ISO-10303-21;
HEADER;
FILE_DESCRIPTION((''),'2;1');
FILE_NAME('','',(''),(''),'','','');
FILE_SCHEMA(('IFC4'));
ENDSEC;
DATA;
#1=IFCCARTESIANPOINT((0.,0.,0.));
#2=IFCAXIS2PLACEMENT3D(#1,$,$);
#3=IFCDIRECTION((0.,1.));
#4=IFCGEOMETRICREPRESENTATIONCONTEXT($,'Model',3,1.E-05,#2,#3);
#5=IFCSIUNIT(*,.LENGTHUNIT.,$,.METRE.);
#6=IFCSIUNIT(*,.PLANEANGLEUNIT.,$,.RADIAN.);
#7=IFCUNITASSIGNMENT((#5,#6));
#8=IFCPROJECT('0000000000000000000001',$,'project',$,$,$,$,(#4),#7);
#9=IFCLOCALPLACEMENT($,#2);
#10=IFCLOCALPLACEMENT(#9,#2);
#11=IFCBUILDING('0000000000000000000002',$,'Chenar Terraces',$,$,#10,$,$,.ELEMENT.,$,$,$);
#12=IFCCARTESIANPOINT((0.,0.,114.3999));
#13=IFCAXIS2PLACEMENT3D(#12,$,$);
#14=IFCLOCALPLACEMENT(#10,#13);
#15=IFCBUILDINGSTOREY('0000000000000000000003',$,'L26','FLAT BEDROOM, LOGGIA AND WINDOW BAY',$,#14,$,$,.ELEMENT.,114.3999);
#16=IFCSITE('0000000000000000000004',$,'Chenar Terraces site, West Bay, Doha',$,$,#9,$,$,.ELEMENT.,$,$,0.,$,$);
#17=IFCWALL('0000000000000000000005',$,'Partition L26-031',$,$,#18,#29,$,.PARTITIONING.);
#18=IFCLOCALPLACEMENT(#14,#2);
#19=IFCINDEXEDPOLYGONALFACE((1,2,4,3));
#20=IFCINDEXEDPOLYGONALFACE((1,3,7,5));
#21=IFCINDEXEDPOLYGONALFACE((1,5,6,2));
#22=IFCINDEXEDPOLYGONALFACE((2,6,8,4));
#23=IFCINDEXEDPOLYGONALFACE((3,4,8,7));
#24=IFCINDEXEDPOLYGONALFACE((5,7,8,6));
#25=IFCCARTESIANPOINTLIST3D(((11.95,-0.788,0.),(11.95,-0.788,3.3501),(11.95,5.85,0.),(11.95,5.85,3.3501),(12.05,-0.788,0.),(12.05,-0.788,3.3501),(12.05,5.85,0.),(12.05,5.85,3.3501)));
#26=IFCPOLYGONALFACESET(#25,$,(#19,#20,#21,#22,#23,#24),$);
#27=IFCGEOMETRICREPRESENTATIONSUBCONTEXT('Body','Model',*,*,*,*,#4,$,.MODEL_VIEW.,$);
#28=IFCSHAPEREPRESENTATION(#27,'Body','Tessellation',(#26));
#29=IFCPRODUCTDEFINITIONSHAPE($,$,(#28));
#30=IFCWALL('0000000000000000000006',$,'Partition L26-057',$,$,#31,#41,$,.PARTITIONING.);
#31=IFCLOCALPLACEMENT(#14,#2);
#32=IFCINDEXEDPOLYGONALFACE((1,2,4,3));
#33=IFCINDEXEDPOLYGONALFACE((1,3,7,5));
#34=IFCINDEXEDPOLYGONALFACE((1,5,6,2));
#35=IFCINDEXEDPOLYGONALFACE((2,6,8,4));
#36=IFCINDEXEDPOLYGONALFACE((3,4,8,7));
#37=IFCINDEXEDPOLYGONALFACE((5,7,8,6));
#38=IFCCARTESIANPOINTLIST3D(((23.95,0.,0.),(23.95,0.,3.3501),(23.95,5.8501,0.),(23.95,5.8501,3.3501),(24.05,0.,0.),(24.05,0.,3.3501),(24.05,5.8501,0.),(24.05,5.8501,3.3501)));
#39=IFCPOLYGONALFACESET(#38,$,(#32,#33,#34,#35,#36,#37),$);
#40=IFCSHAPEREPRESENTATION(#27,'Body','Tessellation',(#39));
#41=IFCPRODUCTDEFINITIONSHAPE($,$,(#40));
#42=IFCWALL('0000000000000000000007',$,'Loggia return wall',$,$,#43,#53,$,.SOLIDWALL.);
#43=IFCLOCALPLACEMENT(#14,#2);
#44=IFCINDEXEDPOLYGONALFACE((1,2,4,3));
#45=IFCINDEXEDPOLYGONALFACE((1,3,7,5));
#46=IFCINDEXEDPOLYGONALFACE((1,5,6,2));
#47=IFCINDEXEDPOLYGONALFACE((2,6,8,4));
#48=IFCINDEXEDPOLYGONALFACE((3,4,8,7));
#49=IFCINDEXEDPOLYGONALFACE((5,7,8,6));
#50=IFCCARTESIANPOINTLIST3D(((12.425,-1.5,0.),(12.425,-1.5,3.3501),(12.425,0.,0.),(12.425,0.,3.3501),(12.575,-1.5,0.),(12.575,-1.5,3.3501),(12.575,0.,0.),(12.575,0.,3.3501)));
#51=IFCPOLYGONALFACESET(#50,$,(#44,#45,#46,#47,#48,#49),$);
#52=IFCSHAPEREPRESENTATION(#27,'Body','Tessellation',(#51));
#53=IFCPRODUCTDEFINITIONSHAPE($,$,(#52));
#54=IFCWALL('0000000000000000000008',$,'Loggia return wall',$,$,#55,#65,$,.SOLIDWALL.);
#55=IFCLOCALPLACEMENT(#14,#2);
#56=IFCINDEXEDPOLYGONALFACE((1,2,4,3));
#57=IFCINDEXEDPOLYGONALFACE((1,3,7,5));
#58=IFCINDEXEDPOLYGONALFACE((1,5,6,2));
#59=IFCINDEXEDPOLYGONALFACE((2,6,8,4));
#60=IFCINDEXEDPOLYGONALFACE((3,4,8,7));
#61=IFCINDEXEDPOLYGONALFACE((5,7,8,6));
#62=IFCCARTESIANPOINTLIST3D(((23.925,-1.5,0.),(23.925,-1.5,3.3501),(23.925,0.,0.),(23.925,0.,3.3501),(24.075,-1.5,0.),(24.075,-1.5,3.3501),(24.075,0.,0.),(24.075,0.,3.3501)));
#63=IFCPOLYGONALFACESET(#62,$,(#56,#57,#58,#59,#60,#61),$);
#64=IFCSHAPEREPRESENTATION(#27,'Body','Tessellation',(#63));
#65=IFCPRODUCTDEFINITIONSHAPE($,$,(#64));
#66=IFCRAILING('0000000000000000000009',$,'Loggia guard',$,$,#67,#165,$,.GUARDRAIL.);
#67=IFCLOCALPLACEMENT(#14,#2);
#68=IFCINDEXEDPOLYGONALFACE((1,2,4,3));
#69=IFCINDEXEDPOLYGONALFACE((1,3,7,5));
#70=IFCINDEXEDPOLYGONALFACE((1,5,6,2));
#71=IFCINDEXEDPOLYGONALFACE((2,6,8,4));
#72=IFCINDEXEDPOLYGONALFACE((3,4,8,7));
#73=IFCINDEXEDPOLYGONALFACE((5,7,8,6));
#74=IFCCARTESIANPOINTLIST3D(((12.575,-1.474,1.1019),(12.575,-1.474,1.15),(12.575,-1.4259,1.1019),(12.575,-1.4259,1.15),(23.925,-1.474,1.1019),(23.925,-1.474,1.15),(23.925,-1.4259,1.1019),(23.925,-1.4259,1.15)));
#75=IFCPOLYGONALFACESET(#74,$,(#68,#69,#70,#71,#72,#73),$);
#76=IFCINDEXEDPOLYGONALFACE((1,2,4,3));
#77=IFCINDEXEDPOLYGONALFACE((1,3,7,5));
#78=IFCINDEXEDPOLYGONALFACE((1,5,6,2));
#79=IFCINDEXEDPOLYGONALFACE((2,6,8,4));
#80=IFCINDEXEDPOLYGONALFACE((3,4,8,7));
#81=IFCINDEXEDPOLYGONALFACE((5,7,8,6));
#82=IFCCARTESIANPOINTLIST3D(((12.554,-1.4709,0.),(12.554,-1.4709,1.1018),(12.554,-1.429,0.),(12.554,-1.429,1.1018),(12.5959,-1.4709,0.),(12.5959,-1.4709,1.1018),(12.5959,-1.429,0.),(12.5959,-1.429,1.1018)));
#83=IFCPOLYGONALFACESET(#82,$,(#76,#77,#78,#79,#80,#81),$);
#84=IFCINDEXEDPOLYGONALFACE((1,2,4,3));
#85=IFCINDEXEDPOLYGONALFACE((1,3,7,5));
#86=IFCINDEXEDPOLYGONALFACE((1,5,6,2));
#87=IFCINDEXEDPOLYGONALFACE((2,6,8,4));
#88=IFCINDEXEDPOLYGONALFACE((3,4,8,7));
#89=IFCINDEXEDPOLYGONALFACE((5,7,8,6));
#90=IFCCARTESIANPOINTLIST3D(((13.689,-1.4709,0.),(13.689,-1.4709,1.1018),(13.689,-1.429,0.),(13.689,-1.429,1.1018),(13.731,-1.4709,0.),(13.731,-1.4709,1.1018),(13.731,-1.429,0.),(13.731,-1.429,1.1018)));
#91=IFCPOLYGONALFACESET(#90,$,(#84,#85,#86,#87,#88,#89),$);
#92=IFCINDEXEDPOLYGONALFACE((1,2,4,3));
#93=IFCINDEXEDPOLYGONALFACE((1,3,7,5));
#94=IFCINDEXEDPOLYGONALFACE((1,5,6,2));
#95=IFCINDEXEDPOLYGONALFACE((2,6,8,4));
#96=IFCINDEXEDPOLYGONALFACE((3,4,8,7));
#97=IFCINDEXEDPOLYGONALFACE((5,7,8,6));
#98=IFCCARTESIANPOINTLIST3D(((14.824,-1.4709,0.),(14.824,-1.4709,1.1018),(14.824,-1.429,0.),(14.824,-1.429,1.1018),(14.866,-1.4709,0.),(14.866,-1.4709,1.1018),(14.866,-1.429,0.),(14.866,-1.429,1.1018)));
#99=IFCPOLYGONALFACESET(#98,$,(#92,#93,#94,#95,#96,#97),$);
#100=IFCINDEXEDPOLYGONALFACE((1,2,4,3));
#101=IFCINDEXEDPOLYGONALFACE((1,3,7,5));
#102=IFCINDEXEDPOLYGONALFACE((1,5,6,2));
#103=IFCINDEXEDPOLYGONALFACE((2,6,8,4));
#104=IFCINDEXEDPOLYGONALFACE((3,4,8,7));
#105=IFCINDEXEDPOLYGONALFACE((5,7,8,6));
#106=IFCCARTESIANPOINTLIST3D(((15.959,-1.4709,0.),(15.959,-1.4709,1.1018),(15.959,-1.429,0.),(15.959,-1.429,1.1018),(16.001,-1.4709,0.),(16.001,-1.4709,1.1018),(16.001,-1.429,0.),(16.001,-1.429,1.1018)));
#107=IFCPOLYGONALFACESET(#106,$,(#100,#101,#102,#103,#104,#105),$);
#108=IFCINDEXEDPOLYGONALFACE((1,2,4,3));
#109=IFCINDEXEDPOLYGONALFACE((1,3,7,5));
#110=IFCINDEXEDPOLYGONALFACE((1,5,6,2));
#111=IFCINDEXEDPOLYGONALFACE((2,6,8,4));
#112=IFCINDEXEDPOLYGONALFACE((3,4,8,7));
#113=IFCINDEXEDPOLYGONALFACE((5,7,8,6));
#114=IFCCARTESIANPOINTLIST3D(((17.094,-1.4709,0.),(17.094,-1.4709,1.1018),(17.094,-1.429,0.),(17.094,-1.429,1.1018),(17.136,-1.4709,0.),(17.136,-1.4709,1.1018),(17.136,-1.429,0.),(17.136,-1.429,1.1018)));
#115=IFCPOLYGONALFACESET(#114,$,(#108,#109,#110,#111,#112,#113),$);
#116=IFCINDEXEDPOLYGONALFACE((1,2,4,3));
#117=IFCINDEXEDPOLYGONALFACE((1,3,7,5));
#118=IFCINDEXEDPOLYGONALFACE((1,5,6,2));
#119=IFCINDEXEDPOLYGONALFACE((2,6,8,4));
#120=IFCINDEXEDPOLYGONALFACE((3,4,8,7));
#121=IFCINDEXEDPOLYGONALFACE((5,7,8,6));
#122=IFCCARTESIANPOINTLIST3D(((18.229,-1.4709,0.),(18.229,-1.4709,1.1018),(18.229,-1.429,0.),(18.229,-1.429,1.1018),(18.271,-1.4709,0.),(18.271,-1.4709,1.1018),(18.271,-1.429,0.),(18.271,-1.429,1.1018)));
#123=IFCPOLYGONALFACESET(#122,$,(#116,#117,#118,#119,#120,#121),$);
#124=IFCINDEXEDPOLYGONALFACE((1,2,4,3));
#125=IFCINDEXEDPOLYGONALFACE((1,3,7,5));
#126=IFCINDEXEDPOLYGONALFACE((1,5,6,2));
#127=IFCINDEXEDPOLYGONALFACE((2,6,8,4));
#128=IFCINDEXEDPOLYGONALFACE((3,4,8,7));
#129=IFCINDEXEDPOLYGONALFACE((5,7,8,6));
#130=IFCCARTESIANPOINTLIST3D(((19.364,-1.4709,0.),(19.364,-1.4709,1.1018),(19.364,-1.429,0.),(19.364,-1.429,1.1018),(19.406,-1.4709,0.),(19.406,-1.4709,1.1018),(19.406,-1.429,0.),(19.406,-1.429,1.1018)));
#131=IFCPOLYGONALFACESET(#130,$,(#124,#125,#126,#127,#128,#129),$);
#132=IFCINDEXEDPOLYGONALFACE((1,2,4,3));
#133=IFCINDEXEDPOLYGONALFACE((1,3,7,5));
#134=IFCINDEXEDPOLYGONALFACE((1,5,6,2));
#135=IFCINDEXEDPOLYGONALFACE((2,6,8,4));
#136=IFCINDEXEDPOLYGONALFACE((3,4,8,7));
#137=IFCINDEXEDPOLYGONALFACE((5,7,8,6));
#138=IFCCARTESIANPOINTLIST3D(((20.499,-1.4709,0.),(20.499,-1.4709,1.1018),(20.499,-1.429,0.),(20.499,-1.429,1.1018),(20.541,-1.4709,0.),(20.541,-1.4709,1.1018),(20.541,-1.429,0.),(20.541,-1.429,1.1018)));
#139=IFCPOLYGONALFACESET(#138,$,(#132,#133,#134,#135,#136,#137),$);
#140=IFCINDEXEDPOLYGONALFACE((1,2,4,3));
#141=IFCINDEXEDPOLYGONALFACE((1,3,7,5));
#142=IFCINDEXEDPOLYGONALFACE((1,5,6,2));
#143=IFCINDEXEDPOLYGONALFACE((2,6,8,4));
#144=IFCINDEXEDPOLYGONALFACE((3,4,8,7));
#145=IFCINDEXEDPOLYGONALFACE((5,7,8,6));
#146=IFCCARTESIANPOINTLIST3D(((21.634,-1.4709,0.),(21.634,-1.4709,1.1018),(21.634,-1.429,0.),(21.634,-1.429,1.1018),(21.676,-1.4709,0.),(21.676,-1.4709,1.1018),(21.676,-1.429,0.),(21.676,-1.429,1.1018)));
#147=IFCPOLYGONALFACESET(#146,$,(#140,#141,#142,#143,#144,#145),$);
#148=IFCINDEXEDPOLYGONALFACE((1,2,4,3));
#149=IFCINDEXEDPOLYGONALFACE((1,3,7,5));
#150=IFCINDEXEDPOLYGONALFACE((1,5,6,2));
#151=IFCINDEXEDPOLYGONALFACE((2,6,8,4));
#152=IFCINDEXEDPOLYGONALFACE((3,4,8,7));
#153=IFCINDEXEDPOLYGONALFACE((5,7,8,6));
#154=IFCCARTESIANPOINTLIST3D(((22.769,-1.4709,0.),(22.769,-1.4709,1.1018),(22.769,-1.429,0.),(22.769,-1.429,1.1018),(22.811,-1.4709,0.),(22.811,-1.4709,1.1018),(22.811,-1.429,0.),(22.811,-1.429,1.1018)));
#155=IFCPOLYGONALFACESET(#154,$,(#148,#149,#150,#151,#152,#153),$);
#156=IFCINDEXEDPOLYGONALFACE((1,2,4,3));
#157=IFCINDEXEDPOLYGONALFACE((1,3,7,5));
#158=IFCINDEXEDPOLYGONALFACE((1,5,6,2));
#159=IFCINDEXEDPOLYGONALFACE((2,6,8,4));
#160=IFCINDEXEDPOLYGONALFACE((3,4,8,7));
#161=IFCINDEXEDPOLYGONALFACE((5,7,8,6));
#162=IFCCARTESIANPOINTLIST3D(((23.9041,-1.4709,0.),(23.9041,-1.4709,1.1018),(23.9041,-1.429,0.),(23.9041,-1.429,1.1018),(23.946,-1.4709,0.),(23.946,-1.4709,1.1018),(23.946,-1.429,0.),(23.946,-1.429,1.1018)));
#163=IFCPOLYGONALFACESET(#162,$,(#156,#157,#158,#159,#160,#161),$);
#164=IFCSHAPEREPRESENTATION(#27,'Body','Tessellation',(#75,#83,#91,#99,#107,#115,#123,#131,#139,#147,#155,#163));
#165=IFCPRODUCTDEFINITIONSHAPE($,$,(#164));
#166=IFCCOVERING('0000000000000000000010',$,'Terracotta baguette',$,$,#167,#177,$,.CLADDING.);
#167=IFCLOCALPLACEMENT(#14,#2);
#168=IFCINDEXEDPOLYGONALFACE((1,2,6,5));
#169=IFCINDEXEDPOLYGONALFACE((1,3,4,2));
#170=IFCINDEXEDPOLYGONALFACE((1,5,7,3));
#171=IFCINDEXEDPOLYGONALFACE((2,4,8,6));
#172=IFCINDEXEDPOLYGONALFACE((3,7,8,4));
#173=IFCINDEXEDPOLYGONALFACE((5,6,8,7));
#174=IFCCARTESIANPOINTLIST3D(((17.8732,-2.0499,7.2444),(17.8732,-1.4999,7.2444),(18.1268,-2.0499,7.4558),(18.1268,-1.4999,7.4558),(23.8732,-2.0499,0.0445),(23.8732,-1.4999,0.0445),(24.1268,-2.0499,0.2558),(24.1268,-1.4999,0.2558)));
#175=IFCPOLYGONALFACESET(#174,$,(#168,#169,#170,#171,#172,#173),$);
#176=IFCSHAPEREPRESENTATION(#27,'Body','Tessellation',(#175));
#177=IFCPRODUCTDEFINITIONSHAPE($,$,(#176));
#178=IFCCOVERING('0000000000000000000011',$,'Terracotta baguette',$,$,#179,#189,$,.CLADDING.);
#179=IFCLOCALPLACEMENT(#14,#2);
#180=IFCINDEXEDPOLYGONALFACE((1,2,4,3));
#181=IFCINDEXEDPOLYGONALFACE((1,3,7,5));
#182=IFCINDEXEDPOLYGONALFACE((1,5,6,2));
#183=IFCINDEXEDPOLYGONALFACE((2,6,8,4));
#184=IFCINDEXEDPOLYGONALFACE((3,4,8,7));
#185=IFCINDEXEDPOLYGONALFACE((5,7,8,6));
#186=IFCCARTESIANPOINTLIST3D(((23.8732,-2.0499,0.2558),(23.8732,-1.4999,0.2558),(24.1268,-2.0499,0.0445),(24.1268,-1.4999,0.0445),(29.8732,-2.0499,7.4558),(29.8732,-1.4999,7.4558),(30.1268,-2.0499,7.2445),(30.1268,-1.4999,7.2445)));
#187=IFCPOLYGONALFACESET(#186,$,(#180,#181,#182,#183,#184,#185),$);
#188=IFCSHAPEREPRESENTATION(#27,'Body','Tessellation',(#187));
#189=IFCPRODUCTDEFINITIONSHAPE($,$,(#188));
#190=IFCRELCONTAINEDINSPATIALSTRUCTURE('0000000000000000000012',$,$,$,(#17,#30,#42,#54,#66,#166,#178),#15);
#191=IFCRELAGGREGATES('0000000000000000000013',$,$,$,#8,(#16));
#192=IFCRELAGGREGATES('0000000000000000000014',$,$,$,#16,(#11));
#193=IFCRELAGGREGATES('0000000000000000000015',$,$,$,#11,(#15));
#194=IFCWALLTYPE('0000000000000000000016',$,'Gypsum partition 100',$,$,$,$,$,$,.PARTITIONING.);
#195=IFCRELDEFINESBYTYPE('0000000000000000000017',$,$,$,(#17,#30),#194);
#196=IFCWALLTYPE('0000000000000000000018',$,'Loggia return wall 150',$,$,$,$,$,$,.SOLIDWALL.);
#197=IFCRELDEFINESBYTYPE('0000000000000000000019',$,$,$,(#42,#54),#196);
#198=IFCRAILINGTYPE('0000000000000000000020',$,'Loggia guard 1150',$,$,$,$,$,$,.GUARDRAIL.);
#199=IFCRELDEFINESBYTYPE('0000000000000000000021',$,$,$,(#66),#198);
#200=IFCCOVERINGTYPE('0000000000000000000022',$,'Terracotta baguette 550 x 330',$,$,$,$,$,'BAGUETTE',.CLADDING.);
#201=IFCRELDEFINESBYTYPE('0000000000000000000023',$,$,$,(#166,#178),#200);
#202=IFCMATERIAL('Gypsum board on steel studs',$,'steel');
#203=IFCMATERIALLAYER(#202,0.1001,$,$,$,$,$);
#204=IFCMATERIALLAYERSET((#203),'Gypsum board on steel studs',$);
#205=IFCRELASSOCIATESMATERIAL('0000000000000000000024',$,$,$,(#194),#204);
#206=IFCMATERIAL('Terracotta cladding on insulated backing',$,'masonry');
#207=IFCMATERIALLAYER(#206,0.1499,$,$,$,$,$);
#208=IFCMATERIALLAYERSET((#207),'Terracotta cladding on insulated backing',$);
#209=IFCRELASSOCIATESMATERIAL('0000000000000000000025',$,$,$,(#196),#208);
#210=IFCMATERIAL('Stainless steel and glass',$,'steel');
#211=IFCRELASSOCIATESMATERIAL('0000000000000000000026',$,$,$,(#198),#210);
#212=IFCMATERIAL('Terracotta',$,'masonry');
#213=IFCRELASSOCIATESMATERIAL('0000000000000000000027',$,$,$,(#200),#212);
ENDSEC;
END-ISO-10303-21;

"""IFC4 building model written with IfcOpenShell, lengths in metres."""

from ifc_helpers import new_model, si_unit, direction, frame, frame_2d, origin, origin_2d, place, context, subcontext, project, spatial, rectangle, extrude, material, layer, layer_set, material_profile, profile_set, type_object, element, save


model = new_model("IFC4")

# Units and contexts
model_context = context("Model", 3, precision=1e-05, world=origin(), true_north=direction((0.0, 1.0)))
body_context = subcontext(model_context, "Body", "Model", "MODEL_VIEW")
ifc_project = project(units=[si_unit("LENGTHUNIT", "METRE"), si_unit("PLANEANGLEUNIT", "RADIAN")], contexts=[model_context])

# Site, building, storey
site_placement = place(None, origin())
site = spatial("IfcSite", under=ifc_project, at=site_placement, Name="Chenar Terraces site, West Bay, Doha", CompositionType="ELEMENT", RefElevation=0.0)
building_placement = place(site_placement, origin())
building = spatial("IfcBuilding", under=site, at=building_placement, Name="Chenar Terraces", CompositionType="ELEMENT")
storey_placement = place(building_placement, frame((0.0, 0.0, 114.3999)))
storey = spatial("IfcBuildingStorey", under=building, at=storey_placement, Name="L26", Description="FLAT BEDROOM, LOGGIA AND WINDOW BAY", CompositionType="ELEMENT", Elevation=114.3999)

# Walls
ifc_material_1 = material(Name="Gypsum board on steel studs", Category="steel")
ifc_layer_1 = layer(ifc_material_1, 0.1001)
ifc_layer_set_1 = layer_set([ifc_layer_1], Name="Gypsum board on steel studs")
wall_type_1 = type_object("IfcWallType", Name="Gypsum partition 100", PredefinedType="PARTITIONING", material=ifc_layer_set_1)
wall_1_placement = place(storey_placement, frame((12.0, -0.7878, 0.0), z_axis=(0.0, 0.0, 1.0), x_axis=(0.0, 1.0, 0.0)))
element("IfcWall", 1, at=wall_1_placement, inside=storey, type_object=wall_type_1, Name="Partition L26-031", PredefinedType="PARTITIONING", context=body_context, shape_type="SweptSolid", body=[
    extrude(rectangle(XDim=6.6379, YDim=0.1001, at=frame_2d((3.3188, 0.0))), origin(), (0.0, 0.0, 1.0), 3.3501),
])
wall_2_placement = place(storey_placement, frame((24.0, 0.0, 0.0), z_axis=(0.0, 0.0, 1.0), x_axis=(0.0, 1.0, 0.0)))
element("IfcWall", 2, at=wall_2_placement, inside=storey, type_object=wall_type_1, Name="Partition L26-057", PredefinedType="PARTITIONING", context=body_context, shape_type="SweptSolid", body=[
    extrude(rectangle(XDim=5.8501, YDim=0.1001, at=frame_2d((2.925, 0.0))), origin(), (0.0, 0.0, 1.0), 3.3501),
])
ifc_material_2 = material(Name="Terracotta cladding on insulated backing", Category="masonry")
ifc_layer_2 = layer(ifc_material_2, 0.1499)
ifc_layer_set_2 = layer_set([ifc_layer_2], Name="Terracotta cladding on insulated backing")
wall_type_2 = type_object("IfcWallType", Name="Loggia return wall 150", PredefinedType="SOLIDWALL", material=ifc_layer_set_2)
for number, where, z_axis, x_axis, name in (
    (3, (12.5, -1.5, 0.0), (0.0, 0.0, 1.0), (0.0, 1.0, 0.0), "Loggia return wall"),
    (4, (24.0, -1.5, 0.0), (0.0, 0.0, 1.0), (0.0, 1.0, 0.0), "Loggia return wall"),
):
    element("IfcWall", number, at=place(storey_placement, frame(where, z_axis=z_axis, x_axis=x_axis)), inside=storey, type_object=wall_type_2, Name=name, PredefinedType="SOLIDWALL", context=body_context, shape_type="SweptSolid", body=[
        extrude(rectangle(XDim=1.5, YDim=0.1499, at=frame_2d((0.75, 0.0))), origin(), (0.0, 0.0, 1.0), 3.3501),
    ])

# Railing
ifc_material_3 = material(Name="Stainless steel and glass", Category="steel")
railing_type = type_object("IfcRailingType", Name="Loggia guard 1150", PredefinedType="GUARDRAIL", material=ifc_material_3)
railing_placement = place(storey_placement, frame((12.575, -1.45, 0.0)))
element("IfcRailing", 5, at=railing_placement, inside=storey, type_object=railing_type, Name="Loggia guard", PredefinedType="GUARDRAIL", context=body_context, shape_type="SweptSolid", body=[
    extrude(rectangle(XDim=0.0481, YDim=0.0481, at=origin_2d()), frame((0.0, 0.0, 1.126), z_axis=(1.0, 0.0, 0.0), x_axis=(0.0, 1.0, 0.0)), (0.0, 0.0, 1.0), 11.3501),
    extrude(rectangle(XDim=0.042, YDim=0.042, at=origin_2d()), origin(), (0.0, 0.0, 1.0), 1.1018),
    extrude(rectangle(XDim=0.042, YDim=0.042, at=origin_2d()), frame((1.135, 0.0, 0.0)), (0.0, 0.0, 1.0), 1.1018),
    extrude(rectangle(XDim=0.042, YDim=0.042, at=origin_2d()), frame((2.27, 0.0, 0.0)), (0.0, 0.0, 1.0), 1.1018),
    extrude(rectangle(XDim=0.042, YDim=0.042, at=origin_2d()), frame((3.405, 0.0, 0.0)), (0.0, 0.0, 1.0), 1.1018),
    extrude(rectangle(XDim=0.042, YDim=0.042, at=origin_2d()), frame((4.54, 0.0, 0.0)), (0.0, 0.0, 1.0), 1.1018),
    extrude(rectangle(XDim=0.042, YDim=0.042, at=origin_2d()), frame((5.675, 0.0, 0.0)), (0.0, 0.0, 1.0), 1.1018),
    extrude(rectangle(XDim=0.042, YDim=0.042, at=origin_2d()), frame((6.8101, 0.0, 0.0)), (0.0, 0.0, 1.0), 1.1018),
    extrude(rectangle(XDim=0.042, YDim=0.042, at=origin_2d()), frame((7.9451, 0.0, 0.0)), (0.0, 0.0, 1.0), 1.1018),
    extrude(rectangle(XDim=0.042, YDim=0.042, at=origin_2d()), frame((9.0801, 0.0, 0.0)), (0.0, 0.0, 1.0), 1.1018),
    extrude(rectangle(XDim=0.042, YDim=0.042, at=origin_2d()), frame((10.2151, 0.0, 0.0)), (0.0, 0.0, 1.0), 1.1018),
    extrude(rectangle(XDim=0.042, YDim=0.042, at=origin_2d()), frame((11.3501, 0.0, 0.0)), (0.0, 0.0, 1.0), 1.1018),
])

# Coverings
ifc_material_4 = material(Name="Terracotta", Category="masonry")
ifc_material_profile_1 = material_profile(ifc_material_4, rectangle(XDim=0.55, YDim=0.3301, at=origin_2d()), Name="Terracotta baguette 550 x 330")
ifc_profile_set_1 = profile_set([ifc_material_profile_1], Name="Terracotta")
covering_type = type_object("IfcCoveringType", Name="Terracotta baguette 550 x 330", ElementType="BAGUETTE", PredefinedType="CLADDING", material=ifc_profile_set_1)
for number, where, z_axis, x_axis, name in (
    (6, (18.0, -1.7749, 7.3501), (0.640187, 0.0, -0.768219), (0.0, 1.0, 0.0), "Terracotta baguette"),
    (7, (24.0, -1.7749, 0.1501), (0.640187, 0.0, 0.768219), (0.0, 1.0, 0.0), "Terracotta baguette"),
):
    element("IfcCovering", number, at=place(storey_placement, frame(where, z_axis=z_axis, x_axis=x_axis)), inside=storey, type_object=covering_type, Name=name, PredefinedType="CLADDING", context=body_context, shape_type="SweptSolid", body=[
        extrude(rectangle(XDim=0.55, YDim=0.3301, at=origin_2d()), origin(), (0.0, 0.0, 1.0), 9.3723),
    ])

save(model, "model.ifc")
